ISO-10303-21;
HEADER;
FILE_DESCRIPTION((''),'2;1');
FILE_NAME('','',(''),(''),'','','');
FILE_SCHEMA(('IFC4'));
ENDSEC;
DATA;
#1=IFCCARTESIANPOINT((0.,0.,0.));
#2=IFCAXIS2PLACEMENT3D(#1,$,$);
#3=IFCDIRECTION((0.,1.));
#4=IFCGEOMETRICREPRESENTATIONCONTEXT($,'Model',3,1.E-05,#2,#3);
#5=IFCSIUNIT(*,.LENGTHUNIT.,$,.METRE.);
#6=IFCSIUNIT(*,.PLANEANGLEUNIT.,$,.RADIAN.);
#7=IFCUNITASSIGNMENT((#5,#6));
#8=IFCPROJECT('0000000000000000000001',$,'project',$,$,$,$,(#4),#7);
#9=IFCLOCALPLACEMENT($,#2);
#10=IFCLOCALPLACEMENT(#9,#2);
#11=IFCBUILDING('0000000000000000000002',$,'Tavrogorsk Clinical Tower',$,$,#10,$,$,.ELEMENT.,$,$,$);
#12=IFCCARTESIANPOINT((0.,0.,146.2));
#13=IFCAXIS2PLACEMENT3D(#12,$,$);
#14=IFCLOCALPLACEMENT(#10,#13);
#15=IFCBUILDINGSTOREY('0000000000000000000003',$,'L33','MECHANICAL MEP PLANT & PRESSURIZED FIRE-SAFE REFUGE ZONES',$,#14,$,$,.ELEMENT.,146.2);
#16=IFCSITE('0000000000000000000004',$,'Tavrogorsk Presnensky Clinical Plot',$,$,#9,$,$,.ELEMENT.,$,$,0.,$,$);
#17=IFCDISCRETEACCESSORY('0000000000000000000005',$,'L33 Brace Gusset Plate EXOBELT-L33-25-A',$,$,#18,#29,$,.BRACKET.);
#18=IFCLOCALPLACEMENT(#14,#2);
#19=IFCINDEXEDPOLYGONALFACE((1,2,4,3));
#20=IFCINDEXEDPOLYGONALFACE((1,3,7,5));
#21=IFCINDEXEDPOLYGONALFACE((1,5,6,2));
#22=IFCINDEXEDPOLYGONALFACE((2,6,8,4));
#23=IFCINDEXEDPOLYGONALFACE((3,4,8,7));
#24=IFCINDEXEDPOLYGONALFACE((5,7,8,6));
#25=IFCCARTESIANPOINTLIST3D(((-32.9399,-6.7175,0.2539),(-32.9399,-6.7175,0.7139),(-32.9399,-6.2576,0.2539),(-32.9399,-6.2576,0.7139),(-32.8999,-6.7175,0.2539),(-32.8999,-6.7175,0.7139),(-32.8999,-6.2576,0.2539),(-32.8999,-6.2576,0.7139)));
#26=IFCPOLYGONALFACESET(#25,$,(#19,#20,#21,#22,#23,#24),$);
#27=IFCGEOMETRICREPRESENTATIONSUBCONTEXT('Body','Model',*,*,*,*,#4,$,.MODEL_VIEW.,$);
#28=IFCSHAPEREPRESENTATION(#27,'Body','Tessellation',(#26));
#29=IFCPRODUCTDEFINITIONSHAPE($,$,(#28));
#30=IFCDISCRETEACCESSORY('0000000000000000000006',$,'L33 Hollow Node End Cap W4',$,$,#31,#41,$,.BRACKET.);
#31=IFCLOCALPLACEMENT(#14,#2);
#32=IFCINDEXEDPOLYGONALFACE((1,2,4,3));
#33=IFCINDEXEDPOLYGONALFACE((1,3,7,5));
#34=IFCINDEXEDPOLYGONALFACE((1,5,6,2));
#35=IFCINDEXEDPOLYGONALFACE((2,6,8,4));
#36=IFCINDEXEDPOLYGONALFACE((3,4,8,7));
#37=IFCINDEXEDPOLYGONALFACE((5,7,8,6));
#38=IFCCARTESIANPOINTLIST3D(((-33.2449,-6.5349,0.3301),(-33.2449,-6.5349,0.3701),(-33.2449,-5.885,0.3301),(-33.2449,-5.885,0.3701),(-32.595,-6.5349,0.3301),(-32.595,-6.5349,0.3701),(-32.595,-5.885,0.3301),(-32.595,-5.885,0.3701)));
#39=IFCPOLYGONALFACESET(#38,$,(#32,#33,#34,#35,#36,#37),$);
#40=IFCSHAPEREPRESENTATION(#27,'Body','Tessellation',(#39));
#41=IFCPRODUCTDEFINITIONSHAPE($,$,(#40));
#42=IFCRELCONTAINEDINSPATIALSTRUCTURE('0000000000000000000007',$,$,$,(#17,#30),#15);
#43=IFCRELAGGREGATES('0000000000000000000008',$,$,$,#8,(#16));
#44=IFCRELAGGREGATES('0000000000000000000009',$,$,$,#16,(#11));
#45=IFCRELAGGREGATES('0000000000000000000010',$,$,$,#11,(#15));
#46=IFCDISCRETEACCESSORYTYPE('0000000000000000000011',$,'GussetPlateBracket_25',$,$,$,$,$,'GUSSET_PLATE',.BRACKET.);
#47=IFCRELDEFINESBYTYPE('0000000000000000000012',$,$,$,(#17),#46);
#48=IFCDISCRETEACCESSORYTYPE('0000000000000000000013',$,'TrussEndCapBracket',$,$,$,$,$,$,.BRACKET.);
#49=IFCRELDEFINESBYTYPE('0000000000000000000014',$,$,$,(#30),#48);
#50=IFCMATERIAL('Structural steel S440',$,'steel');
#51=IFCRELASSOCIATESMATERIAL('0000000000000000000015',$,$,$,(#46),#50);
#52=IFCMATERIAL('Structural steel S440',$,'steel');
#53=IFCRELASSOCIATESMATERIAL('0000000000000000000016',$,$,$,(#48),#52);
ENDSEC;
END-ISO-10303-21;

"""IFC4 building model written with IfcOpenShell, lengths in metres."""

from ifc_helpers import new_model, si_unit, direction, frame, origin, origin_2d, place, context, subcontext, project, spatial, rectangle, extrude, material, type_object, element, save


model = new_model("IFC4")

# Units and contexts
model_context = context("Model", 3, precision=1e-05, world=origin(), true_north=direction((0.0, 1.0)))
body_context = subcontext(model_context, "Body", "Model", "MODEL_VIEW")
ifc_project = project(units=[si_unit("LENGTHUNIT", "METRE"), si_unit("PLANEANGLEUNIT", "RADIAN")], contexts=[model_context])

# Site, building, storey
site_placement = place(None, origin())
site = spatial("IfcSite", under=ifc_project, at=site_placement, Name="Tavrogorsk Presnensky Clinical Plot", CompositionType="ELEMENT", RefElevation=0.0)
building_placement = place(site_placement, origin())
building = spatial("IfcBuilding", under=site, at=building_placement, Name="Tavrogorsk Clinical Tower", CompositionType="ELEMENT")
storey_placement = place(building_placement, frame((0.0, 0.0, 146.2)))
storey = spatial("IfcBuildingStorey", under=building, at=storey_placement, Name="L33", Description="MECHANICAL MEP PLANT & PRESSURIZED FIRE-SAFE REFUGE ZONES", CompositionType="ELEMENT", Elevation=146.2)

# Discrete accessories
ifc_material_1 = material(Name="Structural steel S440", Category="steel")
discrete_accessory_type_1 = type_object("IfcDiscreteAccessoryType", Name="GussetPlateBracket_25", ElementType="GUSSET_PLATE", PredefinedType="BRACKET", material=ifc_material_1)
for number, where, z_axis, x_axis, name in (
    (1, (-32.9199, -6.4875, 0.2539), (0.0, 0.0, 1.0), (0.0, -1.0, 0.0), "L33 Brace Gusset Plate EXOBELT-L33-25-A"),
):
    element("IfcDiscreteAccessory", number, at=place(storey_placement, frame(where, z_axis=z_axis, x_axis=x_axis)), inside=storey, type_object=discrete_accessory_type_1, Name=name, PredefinedType="BRACKET", context=body_context, shape_type="SweptSolid", body=[
        extrude(rectangle(XDim=0.46, YDim=0.04, at=origin_2d()), origin(), (0.0, 0.0, 1.0), 0.46),
    ])
ifc_material_2 = material(Name="Structural steel S440", Category="steel")
discrete_accessory_type_2 = type_object("IfcDiscreteAccessoryType", Name="TrussEndCapBracket", PredefinedType="BRACKET", material=ifc_material_2)
discrete_accessory_placement = place(storey_placement, frame((-32.9199, -6.21, 0.3301), z_axis=(0.0, 0.0, 1.0), x_axis=(1.0, 0.0, 0.0)))
element("IfcDiscreteAccessory", 2, at=discrete_accessory_placement, inside=storey, type_object=discrete_accessory_type_2, Name="L33 Hollow Node End Cap W4", PredefinedType="BRACKET", context=body_context, shape_type="SweptSolid", body=[
    extrude(rectangle(XDim=0.6499, YDim=0.6499, at=origin_2d()), origin(), (0.0, 0.0, 1.0), 0.04),
])

save(model, "model.ifc")
